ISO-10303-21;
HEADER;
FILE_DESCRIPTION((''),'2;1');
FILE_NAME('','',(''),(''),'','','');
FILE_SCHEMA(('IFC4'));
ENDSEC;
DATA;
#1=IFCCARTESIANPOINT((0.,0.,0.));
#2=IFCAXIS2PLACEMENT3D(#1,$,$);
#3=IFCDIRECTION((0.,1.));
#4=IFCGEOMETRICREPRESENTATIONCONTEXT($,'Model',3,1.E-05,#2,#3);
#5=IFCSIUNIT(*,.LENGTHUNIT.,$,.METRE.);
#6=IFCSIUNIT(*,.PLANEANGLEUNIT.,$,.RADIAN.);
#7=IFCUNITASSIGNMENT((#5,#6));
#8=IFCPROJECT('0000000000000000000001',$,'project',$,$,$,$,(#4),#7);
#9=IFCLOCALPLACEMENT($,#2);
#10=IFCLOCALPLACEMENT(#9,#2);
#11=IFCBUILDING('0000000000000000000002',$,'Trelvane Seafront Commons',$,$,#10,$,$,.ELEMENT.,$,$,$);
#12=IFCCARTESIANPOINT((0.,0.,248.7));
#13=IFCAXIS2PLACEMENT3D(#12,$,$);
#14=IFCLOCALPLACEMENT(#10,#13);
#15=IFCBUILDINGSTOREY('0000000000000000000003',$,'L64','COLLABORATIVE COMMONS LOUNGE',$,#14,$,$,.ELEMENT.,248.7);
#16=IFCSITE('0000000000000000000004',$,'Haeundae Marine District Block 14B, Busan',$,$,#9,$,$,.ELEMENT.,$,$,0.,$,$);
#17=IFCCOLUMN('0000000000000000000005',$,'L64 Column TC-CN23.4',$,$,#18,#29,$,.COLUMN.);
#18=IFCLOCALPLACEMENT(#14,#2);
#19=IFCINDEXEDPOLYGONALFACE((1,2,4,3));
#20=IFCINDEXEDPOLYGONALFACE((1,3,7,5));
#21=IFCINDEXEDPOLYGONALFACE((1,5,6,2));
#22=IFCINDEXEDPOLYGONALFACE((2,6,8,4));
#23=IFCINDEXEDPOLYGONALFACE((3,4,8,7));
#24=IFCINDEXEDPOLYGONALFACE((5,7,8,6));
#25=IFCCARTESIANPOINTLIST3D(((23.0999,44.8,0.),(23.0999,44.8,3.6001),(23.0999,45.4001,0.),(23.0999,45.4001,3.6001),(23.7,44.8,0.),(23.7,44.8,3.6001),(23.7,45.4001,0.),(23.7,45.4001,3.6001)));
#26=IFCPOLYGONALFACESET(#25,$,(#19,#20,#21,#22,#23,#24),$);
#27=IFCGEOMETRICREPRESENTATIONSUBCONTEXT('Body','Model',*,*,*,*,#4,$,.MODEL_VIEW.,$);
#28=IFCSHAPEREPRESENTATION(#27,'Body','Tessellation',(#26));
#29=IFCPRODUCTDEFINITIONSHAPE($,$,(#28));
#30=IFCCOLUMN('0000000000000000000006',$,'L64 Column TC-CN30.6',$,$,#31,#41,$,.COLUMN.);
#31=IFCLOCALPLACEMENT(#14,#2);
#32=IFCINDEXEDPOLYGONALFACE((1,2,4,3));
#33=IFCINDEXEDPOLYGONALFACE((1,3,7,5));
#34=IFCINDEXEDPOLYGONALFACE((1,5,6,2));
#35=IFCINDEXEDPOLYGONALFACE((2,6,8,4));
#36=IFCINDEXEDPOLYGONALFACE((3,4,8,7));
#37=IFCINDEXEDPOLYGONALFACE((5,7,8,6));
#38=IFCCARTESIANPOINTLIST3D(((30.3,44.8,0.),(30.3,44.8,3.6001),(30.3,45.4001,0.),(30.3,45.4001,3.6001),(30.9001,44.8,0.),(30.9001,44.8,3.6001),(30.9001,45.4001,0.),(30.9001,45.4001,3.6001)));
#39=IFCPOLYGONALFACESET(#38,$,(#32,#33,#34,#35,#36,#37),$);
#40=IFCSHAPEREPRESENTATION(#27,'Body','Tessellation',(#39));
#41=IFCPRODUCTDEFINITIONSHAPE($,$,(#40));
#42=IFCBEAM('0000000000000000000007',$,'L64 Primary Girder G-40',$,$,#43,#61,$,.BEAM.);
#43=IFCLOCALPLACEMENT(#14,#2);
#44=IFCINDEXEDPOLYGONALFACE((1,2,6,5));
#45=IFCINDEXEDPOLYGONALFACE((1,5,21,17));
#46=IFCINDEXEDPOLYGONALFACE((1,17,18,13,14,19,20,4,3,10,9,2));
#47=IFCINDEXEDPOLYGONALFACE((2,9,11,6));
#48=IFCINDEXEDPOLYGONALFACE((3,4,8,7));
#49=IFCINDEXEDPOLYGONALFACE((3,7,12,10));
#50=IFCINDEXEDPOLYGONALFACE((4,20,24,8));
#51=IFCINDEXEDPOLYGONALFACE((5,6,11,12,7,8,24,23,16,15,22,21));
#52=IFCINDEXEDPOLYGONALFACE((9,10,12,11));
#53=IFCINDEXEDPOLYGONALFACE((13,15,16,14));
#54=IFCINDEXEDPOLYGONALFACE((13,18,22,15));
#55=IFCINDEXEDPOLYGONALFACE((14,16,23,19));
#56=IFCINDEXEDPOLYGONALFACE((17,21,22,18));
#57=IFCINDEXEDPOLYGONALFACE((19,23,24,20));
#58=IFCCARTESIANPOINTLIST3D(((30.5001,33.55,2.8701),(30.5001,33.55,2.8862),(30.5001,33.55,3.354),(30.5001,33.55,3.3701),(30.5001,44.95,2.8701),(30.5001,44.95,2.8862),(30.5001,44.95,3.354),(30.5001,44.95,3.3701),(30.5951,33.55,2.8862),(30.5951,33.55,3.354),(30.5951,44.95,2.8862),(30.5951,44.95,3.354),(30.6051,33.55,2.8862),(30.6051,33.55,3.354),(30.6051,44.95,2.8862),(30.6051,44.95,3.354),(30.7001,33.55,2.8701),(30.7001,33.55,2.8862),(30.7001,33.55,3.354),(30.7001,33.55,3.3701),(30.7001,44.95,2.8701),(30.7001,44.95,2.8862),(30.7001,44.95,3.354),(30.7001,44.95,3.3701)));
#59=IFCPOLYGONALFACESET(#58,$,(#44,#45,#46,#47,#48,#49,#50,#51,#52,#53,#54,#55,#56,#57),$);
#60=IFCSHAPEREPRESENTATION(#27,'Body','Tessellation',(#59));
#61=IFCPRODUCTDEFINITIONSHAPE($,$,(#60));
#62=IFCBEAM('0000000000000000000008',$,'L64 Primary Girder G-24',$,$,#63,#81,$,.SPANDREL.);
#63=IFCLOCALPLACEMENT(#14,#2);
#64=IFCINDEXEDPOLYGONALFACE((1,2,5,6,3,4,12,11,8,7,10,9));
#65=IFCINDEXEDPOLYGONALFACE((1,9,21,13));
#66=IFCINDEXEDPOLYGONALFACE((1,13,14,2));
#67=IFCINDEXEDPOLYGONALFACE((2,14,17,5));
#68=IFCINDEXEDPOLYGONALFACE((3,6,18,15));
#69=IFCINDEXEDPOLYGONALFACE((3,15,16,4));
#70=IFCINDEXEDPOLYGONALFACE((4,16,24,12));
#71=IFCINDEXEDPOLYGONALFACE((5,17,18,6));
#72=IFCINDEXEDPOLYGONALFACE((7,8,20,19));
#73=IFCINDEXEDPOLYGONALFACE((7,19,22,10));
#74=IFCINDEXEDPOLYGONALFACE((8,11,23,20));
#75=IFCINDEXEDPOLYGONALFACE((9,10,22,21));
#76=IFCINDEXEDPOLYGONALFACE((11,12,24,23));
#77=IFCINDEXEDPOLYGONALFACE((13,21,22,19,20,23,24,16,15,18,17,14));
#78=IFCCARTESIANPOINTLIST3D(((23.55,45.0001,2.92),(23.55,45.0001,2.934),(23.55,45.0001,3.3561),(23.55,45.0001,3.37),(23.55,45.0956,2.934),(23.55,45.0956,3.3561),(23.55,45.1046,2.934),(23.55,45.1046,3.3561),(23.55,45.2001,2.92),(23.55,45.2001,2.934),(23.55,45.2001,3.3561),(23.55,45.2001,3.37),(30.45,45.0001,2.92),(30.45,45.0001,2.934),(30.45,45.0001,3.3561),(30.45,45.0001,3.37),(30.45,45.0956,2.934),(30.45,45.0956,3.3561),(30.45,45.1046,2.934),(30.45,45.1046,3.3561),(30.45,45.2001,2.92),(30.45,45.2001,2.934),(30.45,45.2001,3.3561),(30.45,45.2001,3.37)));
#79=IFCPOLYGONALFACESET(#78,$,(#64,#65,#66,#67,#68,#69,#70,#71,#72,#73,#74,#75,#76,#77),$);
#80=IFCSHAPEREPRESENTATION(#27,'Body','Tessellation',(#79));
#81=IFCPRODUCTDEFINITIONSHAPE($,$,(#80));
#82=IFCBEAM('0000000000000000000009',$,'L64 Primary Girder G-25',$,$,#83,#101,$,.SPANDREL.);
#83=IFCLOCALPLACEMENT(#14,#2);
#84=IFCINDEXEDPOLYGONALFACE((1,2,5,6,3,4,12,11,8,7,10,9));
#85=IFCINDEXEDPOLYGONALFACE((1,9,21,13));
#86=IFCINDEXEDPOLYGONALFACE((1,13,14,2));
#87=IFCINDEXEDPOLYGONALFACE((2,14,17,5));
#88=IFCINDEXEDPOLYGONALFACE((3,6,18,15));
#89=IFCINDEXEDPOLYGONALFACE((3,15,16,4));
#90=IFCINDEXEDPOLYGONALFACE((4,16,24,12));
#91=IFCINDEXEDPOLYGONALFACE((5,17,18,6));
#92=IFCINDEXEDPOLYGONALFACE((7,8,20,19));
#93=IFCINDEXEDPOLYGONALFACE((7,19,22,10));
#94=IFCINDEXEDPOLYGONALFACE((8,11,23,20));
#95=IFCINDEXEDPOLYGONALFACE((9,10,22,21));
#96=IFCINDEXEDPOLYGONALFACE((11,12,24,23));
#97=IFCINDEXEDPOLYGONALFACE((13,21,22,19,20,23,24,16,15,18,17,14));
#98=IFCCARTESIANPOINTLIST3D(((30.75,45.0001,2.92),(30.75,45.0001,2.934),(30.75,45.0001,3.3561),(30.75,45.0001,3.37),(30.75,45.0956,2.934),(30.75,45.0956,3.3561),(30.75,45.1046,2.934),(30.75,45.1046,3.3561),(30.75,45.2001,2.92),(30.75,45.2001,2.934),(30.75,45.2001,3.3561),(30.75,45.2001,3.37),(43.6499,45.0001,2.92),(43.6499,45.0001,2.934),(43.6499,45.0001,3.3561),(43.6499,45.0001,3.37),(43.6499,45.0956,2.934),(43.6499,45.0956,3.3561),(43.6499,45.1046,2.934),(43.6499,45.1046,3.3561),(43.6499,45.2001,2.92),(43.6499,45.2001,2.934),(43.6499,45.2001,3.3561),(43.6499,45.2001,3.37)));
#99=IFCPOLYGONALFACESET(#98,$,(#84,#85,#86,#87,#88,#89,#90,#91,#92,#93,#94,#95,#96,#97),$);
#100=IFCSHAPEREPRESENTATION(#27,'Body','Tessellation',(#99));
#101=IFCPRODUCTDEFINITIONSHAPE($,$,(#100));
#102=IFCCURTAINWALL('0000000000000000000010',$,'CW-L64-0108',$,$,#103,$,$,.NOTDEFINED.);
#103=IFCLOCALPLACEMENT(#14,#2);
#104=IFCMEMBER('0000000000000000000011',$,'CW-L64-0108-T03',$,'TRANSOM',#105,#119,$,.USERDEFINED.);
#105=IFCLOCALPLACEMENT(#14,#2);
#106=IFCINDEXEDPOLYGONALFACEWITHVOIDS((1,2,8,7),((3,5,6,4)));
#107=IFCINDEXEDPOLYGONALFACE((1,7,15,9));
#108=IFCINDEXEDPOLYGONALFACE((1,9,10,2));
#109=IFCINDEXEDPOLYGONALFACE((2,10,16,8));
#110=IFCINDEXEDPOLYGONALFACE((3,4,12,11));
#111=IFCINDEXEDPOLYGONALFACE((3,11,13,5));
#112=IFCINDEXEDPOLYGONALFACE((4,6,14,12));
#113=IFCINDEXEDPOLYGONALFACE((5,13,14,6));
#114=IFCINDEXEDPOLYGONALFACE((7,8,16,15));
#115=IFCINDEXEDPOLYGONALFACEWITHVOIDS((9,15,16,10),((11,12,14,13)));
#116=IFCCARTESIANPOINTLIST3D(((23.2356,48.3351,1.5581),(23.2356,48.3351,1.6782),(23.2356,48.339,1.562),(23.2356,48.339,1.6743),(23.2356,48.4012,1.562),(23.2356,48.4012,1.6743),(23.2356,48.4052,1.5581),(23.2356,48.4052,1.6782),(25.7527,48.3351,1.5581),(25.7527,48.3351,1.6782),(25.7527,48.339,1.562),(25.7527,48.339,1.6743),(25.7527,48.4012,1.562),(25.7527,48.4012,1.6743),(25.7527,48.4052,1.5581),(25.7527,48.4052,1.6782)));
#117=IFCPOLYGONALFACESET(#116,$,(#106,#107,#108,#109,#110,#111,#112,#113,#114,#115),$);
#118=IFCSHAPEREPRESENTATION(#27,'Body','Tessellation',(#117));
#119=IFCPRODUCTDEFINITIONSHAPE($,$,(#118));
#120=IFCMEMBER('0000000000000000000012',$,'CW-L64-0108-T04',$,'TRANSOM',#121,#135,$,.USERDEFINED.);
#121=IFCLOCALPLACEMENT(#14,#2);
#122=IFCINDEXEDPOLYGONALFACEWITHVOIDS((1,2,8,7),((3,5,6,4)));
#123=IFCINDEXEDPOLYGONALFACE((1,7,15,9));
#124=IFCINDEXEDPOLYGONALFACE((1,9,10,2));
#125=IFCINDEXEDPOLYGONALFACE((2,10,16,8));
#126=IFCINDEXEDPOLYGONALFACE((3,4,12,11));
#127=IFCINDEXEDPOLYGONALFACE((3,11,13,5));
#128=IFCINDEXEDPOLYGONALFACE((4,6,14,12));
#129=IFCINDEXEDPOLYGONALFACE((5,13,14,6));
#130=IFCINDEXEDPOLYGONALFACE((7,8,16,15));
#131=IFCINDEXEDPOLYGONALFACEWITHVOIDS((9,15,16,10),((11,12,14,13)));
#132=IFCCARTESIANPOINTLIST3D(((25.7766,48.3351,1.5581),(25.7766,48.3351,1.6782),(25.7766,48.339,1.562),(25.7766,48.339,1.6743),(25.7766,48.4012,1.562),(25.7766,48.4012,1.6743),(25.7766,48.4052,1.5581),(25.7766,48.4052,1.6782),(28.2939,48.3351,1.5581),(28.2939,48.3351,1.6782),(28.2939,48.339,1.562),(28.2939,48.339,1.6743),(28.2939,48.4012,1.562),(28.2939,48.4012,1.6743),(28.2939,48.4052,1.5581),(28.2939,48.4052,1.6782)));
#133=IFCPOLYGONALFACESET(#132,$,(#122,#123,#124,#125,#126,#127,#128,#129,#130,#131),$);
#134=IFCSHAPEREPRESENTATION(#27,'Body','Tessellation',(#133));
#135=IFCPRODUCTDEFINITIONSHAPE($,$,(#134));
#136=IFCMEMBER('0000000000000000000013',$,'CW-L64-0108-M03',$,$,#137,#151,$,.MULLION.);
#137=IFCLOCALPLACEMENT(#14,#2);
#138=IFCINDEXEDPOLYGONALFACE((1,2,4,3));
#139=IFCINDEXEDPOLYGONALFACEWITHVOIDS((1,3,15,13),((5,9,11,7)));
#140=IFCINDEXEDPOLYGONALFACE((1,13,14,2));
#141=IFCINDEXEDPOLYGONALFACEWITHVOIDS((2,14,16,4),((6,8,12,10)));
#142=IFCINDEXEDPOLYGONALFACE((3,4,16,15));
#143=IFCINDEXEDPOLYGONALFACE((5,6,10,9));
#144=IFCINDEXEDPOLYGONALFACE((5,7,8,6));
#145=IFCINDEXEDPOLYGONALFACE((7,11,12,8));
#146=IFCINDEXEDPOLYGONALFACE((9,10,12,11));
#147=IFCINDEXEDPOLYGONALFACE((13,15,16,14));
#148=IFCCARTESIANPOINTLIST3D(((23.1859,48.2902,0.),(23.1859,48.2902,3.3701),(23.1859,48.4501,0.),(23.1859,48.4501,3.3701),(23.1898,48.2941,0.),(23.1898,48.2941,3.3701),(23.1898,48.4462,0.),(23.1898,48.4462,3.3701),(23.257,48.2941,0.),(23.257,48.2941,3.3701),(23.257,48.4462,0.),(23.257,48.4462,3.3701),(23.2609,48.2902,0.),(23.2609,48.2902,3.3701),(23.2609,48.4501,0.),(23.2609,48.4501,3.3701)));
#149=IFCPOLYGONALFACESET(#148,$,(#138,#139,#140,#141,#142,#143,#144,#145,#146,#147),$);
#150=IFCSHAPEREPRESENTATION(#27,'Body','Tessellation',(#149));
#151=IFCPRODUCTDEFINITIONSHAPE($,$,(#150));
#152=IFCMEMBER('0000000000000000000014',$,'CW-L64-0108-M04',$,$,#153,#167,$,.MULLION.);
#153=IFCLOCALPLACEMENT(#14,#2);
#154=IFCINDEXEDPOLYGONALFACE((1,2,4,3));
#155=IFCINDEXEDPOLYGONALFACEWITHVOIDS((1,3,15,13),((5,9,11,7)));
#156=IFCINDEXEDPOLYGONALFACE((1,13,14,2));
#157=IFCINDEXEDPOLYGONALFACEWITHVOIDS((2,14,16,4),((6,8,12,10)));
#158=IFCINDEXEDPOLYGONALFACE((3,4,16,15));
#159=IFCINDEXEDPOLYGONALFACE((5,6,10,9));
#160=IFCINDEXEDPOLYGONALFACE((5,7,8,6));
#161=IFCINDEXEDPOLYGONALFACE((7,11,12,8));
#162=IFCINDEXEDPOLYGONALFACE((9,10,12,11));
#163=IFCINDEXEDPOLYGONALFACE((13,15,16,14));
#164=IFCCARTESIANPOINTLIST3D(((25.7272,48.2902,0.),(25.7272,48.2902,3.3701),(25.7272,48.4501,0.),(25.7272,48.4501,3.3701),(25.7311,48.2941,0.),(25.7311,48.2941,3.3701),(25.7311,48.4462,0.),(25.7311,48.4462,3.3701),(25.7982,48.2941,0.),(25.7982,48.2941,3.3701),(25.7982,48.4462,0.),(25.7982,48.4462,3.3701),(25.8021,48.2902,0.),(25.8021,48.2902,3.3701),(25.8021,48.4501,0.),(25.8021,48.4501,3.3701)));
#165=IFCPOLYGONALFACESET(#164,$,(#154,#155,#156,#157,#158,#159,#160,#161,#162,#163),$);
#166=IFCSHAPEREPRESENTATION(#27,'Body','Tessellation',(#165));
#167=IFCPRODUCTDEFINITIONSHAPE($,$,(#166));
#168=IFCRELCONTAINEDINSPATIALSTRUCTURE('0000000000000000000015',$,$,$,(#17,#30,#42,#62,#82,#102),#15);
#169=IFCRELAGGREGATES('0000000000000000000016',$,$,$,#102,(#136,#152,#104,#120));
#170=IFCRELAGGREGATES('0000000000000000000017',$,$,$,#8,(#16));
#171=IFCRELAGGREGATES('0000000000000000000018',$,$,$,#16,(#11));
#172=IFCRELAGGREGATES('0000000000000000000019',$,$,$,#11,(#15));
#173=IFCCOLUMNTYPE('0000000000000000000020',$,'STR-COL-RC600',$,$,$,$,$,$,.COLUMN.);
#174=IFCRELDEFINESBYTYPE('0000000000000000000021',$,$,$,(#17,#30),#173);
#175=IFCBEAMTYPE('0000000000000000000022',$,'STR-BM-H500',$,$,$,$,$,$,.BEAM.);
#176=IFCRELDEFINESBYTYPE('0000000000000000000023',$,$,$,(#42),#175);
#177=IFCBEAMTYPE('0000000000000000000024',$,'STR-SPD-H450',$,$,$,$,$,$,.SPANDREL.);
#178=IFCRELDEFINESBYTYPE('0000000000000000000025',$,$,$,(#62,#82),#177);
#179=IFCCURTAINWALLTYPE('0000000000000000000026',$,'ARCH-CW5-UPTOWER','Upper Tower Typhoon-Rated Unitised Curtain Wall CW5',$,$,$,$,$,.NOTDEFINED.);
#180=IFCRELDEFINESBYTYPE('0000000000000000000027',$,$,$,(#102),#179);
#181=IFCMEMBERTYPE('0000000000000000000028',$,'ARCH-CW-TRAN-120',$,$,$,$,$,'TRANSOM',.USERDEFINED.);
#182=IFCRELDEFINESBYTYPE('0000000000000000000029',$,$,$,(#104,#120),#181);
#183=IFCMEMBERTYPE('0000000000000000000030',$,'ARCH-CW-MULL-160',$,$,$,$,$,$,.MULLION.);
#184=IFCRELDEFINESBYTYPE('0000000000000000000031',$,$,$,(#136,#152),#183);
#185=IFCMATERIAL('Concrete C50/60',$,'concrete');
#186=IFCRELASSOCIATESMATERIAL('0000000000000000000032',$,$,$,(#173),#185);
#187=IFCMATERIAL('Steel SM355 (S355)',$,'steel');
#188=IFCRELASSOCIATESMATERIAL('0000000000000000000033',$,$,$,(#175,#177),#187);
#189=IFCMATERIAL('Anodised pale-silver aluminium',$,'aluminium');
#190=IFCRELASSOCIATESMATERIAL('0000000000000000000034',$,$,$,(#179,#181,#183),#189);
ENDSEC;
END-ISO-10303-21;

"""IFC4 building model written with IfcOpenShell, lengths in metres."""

from ifc_helpers import new_model, si_unit, direction, frame, origin, origin_2d, place, context, subcontext, project, spatial, rectangle, hollow_rectangle, i_section, extrude, source, transform, mapped, material, material_profile, profile_set, type_object, element, aggregate, save


model = new_model("IFC4")

# Units and contexts
model_context = context("Model", 3, precision=1e-05, world=origin(), true_north=direction((0.0, 1.0)))
body_context = subcontext(model_context, "Body", "Model", "MODEL_VIEW")
ifc_project = project(units=[si_unit("LENGTHUNIT", "METRE"), si_unit("PLANEANGLEUNIT", "RADIAN")], contexts=[model_context])

# Site, building, storey
site_placement = place(None, origin())
site = spatial("IfcSite", under=ifc_project, at=site_placement, Name="Haeundae Marine District Block 14B, Busan", CompositionType="ELEMENT", RefElevation=0.0)
building_placement = place(site_placement, origin())
building = spatial("IfcBuilding", under=site, at=building_placement, Name="Trelvane Seafront Commons", CompositionType="ELEMENT")
storey_placement = place(building_placement, frame((0.0, 0.0, 248.7)))
storey = spatial("IfcBuildingStorey", under=building, at=storey_placement, Name="L64", Description="COLLABORATIVE COMMONS LOUNGE", CompositionType="ELEMENT", Elevation=248.7)

# Columns
ifc_material_1 = material(Name="Concrete C50/60", Category="concrete")
ifc_material_profile_1 = material_profile(ifc_material_1, rectangle(XDim=0.6001, YDim=0.6001, at=origin_2d()), Name="RC-600x600")
ifc_profile_set_1 = profile_set([ifc_material_profile_1], Name="Concrete C50/60")
column_type = type_object("IfcColumnType", Name="STR-COL-RC600", PredefinedType="COLUMN", material=ifc_profile_set_1)
shared_shape_1 = source(origin(), body_context, "Body", "SweptSolid", [
    extrude(rectangle(XDim=0.6001, YDim=0.6001, at=origin_2d()), origin(), (0.0, 0.0, 1.0), 3.6001),
])
for number, where, z_axis, x_axis, name in (
    (1, (23.3999, 45.1001, 0.0), (0.0, 0.0, 1.0), (1.0, 0.0, 0.0), "L64 Column TC-CN23.4"),
    (2, (30.6001, 45.1001, 0.0), (0.0, 0.0, 1.0), (1.0, 0.0, 0.0), "L64 Column TC-CN30.6"),
):
    element("IfcColumn", number, at=place(storey_placement, frame(where, z_axis=z_axis, x_axis=x_axis)), inside=storey, type_object=column_type, Name=name, PredefinedType="COLUMN", context=body_context, shape_type="MappedRepresentation", body=[
        mapped(shared_shape_1, transform((0.0, 0.0, 0.0), x_axis=(1.0, 0.0, 0.0), y_axis=(0.0, 1.0, 0.0), z_axis=(0.0, 0.0, 1.0), scale=1.0)),
    ])

# Beams
ifc_material_2 = material(Name="Steel SM355 (S355)", Category="steel")
ifc_material_profile_2 = material_profile(ifc_material_2, i_section(OverallWidth=0.2, OverallDepth=0.5, WebThickness=0.01, FlangeThickness=0.0161, at=origin_2d()), Name="H-500x200x10x16")
ifc_profile_set_2 = profile_set([ifc_material_profile_2], Name="Steel SM355 (S355)")
beam_type_1 = type_object("IfcBeamType", Name="STR-BM-H500", PredefinedType="BEAM", material=ifc_profile_set_2)
shared_shape_2 = source(origin(), body_context, "Body", "SweptSolid", [
    extrude(i_section(OverallWidth=0.2, OverallDepth=0.5, WebThickness=0.01, FlangeThickness=0.0161, at=origin_2d()), origin(), (0.0, 0.0, 1.0), 11.3999),
])
beam_1_placement = place(storey_placement, frame((30.6001, 33.55, 3.1201), z_axis=(0.0, 1.0, 0.0), x_axis=(-1.0, 0.0, 0.0)))
element("IfcBeam", 3, at=beam_1_placement, inside=storey, type_object=beam_type_1, Name="L64 Primary Girder G-40", PredefinedType="BEAM", context=body_context, shape_type="MappedRepresentation", body=[
    mapped(shared_shape_2, transform((0.0, 0.0, 0.0), x_axis=(1.0, 0.0, 0.0), y_axis=(0.0, 1.0, 0.0), z_axis=(0.0, 0.0, 1.0), scale=1.0)),
])
ifc_material_profile_3 = material_profile(ifc_material_2, i_section(OverallWidth=0.2, OverallDepth=0.45, WebThickness=0.009, FlangeThickness=0.0139, at=origin_2d()), Name="H-450x200x9x14")
ifc_profile_set_3 = profile_set([ifc_material_profile_3], Name="Steel SM355 (S355)")
beam_type_2 = type_object("IfcBeamType", Name="STR-SPD-H450", PredefinedType="SPANDREL", material=ifc_profile_set_3)
shared_shape_3 = source(origin(), body_context, "Body", "SweptSolid", [
    extrude(i_section(OverallWidth=0.2, OverallDepth=0.45, WebThickness=0.009, FlangeThickness=0.0139, at=origin_2d()), origin(), (0.0, 0.0, 1.0), 6.8999),
])
beam_2_placement = place(storey_placement, frame((23.55, 45.1001, 3.145), z_axis=(1.0, 0.0, 0.0), x_axis=(0.0, 1.0, 0.0)))
element("IfcBeam", 4, at=beam_2_placement, inside=storey, type_object=beam_type_2, Name="L64 Primary Girder G-24", PredefinedType="SPANDREL", context=body_context, shape_type="MappedRepresentation", body=[
    mapped(shared_shape_3, transform((0.0, 0.0, 0.0), x_axis=(1.0, 0.0, 0.0), y_axis=(0.0, 1.0, 0.0), z_axis=(0.0, 0.0, 1.0), scale=1.0)),
])
shared_shape_4 = source(origin(), body_context, "Body", "SweptSolid", [
    extrude(i_section(OverallWidth=0.2, OverallDepth=0.45, WebThickness=0.009, FlangeThickness=0.0139, at=origin_2d()), origin(), (0.0, 0.0, 1.0), 12.8999),
])
beam_3_placement = place(storey_placement, frame((30.75, 45.1001, 3.145), z_axis=(1.0, 0.0, 0.0), x_axis=(0.0, 1.0, 0.0)))
element("IfcBeam", 5, at=beam_3_placement, inside=storey, type_object=beam_type_2, Name="L64 Primary Girder G-25", PredefinedType="SPANDREL", context=body_context, shape_type="MappedRepresentation", body=[
    mapped(shared_shape_4, transform((0.0, 0.0, 0.0), x_axis=(1.0, 0.0, 0.0), y_axis=(0.0, 1.0, 0.0), z_axis=(0.0, 0.0, 1.0), scale=1.0)),
])

# Curtain wall, members
ifc_material_3 = material(Name="Anodised pale-silver aluminium", Category="aluminium")
curtain_wall_type = type_object("IfcCurtainWallType", Name="ARCH-CW5-UPTOWER", Description="Upper Tower Typhoon-Rated Unitised Curtain Wall CW5", PredefinedType="NOTDEFINED", material=ifc_material_3)
curtain_wall_placement = place(storey_placement, origin())
curtain_wall = element("IfcCurtainWall", 6, at=curtain_wall_placement, inside=storey, type_object=curtain_wall_type, Name="CW-L64-0108", PredefinedType="NOTDEFINED")
ifc_material_profile_4 = material_profile(ifc_material_3, hollow_rectangle(XDim=0.0701, YDim=0.1201, WallThickness=0.0039, at=origin_2d()), Name="TRAN-70x120x4")
ifc_profile_set_4 = profile_set([ifc_material_profile_4], Name="Anodised pale-silver aluminium")
member_type_1 = type_object("IfcMemberType", Name="ARCH-CW-TRAN-120", ElementType="TRANSOM", PredefinedType="USERDEFINED", material=ifc_profile_set_4)
shared_shape_5 = source(origin(), body_context, "Body", "SweptSolid", [
    extrude(hollow_rectangle(XDim=0.0701, YDim=0.1201, WallThickness=0.0039, at=origin_2d()), origin(), (0.0, 0.0, 1.0), 2.5171),
])
member_1_placement = place(storey_placement, frame((23.2356, 48.3701, 1.6182), z_axis=(1.0, 0.0, 0.0), x_axis=(0.0, 1.0, 0.0)))
member_1 = element("IfcMember", 7, at=member_1_placement, type_object=member_type_1, Name="CW-L64-0108-T03", ObjectType="TRANSOM", PredefinedType="USERDEFINED", context=body_context, shape_type="MappedRepresentation", body=[
    mapped(shared_shape_5, transform((0.0, 0.0, 0.0), x_axis=(1.0, 0.0, 0.0), y_axis=(0.0, 1.0, 0.0), z_axis=(0.0, 0.0, 1.0), scale=1.0)),
])
shared_shape_6 = source(origin(), body_context, "Body", "SweptSolid", [
    extrude(hollow_rectangle(XDim=0.0701, YDim=0.1201, WallThickness=0.0039, at=origin_2d()), origin(), (0.0, 0.0, 1.0), 2.5173),
])
member_2_placement = place(storey_placement, frame((25.7766, 48.3701, 1.6182), z_axis=(1.0, 0.0, 0.0), x_axis=(0.0, 1.0, 0.0)))
member_2 = element("IfcMember", 8, at=member_2_placement, type_object=member_type_1, Name="CW-L64-0108-T04", ObjectType="TRANSOM", PredefinedType="USERDEFINED", context=body_context, shape_type="MappedRepresentation", body=[
    mapped(shared_shape_6, transform((0.0, 0.0, 0.0), x_axis=(1.0, 0.0, 0.0), y_axis=(0.0, 1.0, 0.0), z_axis=(0.0, 0.0, 1.0), scale=1.0)),
])
ifc_material_profile_5 = material_profile(ifc_material_3, hollow_rectangle(XDim=0.075, YDim=0.1599, WallThickness=0.0039, at=origin_2d()), Name="MULL-75x160x4")
ifc_profile_set_5 = profile_set([ifc_material_profile_5], Name="Anodised pale-silver aluminium")
member_type_2 = type_object("IfcMemberType", Name="ARCH-CW-MULL-160", PredefinedType="MULLION", material=ifc_profile_set_5)
shared_shape_7 = source(origin(), body_context, "Body", "SweptSolid", [
    extrude(hollow_rectangle(XDim=0.075, YDim=0.1599, WallThickness=0.0039, at=origin_2d()), origin(), (0.0, 0.0, 1.0), 3.3701),
])
member_3_placement = place(storey_placement, frame((23.2234, 48.3701, 0.0), z_axis=(0.0, 0.0, 1.0), x_axis=(1.0, 0.0, 0.0)))
member_3 = element("IfcMember", 9, at=member_3_placement, type_object=member_type_2, Name="CW-L64-0108-M03", PredefinedType="MULLION", context=body_context, shape_type="MappedRepresentation", body=[
    mapped(shared_shape_7, transform((0.0, 0.0, 0.0), x_axis=(1.0, 0.0, 0.0), y_axis=(0.0, 1.0, 0.0), z_axis=(0.0, 0.0, 1.0), scale=1.0)),
])
member_4_placement = place(storey_placement, frame((25.7646, 48.3701, 0.0), z_axis=(0.0, 0.0, 1.0), x_axis=(1.0, 0.0, 0.0)))
member_4 = element("IfcMember", 10, at=member_4_placement, type_object=member_type_2, Name="CW-L64-0108-M04", PredefinedType="MULLION", context=body_context, shape_type="MappedRepresentation", body=[
    mapped(shared_shape_7, transform((0.0, 0.0, 0.0), x_axis=(1.0, 0.0, 0.0), y_axis=(0.0, 1.0, 0.0), z_axis=(0.0, 0.0, 1.0), scale=1.0)),
])
aggregate(curtain_wall, [member_3, member_4, member_1, member_2])

save(model, "model.ifc")
